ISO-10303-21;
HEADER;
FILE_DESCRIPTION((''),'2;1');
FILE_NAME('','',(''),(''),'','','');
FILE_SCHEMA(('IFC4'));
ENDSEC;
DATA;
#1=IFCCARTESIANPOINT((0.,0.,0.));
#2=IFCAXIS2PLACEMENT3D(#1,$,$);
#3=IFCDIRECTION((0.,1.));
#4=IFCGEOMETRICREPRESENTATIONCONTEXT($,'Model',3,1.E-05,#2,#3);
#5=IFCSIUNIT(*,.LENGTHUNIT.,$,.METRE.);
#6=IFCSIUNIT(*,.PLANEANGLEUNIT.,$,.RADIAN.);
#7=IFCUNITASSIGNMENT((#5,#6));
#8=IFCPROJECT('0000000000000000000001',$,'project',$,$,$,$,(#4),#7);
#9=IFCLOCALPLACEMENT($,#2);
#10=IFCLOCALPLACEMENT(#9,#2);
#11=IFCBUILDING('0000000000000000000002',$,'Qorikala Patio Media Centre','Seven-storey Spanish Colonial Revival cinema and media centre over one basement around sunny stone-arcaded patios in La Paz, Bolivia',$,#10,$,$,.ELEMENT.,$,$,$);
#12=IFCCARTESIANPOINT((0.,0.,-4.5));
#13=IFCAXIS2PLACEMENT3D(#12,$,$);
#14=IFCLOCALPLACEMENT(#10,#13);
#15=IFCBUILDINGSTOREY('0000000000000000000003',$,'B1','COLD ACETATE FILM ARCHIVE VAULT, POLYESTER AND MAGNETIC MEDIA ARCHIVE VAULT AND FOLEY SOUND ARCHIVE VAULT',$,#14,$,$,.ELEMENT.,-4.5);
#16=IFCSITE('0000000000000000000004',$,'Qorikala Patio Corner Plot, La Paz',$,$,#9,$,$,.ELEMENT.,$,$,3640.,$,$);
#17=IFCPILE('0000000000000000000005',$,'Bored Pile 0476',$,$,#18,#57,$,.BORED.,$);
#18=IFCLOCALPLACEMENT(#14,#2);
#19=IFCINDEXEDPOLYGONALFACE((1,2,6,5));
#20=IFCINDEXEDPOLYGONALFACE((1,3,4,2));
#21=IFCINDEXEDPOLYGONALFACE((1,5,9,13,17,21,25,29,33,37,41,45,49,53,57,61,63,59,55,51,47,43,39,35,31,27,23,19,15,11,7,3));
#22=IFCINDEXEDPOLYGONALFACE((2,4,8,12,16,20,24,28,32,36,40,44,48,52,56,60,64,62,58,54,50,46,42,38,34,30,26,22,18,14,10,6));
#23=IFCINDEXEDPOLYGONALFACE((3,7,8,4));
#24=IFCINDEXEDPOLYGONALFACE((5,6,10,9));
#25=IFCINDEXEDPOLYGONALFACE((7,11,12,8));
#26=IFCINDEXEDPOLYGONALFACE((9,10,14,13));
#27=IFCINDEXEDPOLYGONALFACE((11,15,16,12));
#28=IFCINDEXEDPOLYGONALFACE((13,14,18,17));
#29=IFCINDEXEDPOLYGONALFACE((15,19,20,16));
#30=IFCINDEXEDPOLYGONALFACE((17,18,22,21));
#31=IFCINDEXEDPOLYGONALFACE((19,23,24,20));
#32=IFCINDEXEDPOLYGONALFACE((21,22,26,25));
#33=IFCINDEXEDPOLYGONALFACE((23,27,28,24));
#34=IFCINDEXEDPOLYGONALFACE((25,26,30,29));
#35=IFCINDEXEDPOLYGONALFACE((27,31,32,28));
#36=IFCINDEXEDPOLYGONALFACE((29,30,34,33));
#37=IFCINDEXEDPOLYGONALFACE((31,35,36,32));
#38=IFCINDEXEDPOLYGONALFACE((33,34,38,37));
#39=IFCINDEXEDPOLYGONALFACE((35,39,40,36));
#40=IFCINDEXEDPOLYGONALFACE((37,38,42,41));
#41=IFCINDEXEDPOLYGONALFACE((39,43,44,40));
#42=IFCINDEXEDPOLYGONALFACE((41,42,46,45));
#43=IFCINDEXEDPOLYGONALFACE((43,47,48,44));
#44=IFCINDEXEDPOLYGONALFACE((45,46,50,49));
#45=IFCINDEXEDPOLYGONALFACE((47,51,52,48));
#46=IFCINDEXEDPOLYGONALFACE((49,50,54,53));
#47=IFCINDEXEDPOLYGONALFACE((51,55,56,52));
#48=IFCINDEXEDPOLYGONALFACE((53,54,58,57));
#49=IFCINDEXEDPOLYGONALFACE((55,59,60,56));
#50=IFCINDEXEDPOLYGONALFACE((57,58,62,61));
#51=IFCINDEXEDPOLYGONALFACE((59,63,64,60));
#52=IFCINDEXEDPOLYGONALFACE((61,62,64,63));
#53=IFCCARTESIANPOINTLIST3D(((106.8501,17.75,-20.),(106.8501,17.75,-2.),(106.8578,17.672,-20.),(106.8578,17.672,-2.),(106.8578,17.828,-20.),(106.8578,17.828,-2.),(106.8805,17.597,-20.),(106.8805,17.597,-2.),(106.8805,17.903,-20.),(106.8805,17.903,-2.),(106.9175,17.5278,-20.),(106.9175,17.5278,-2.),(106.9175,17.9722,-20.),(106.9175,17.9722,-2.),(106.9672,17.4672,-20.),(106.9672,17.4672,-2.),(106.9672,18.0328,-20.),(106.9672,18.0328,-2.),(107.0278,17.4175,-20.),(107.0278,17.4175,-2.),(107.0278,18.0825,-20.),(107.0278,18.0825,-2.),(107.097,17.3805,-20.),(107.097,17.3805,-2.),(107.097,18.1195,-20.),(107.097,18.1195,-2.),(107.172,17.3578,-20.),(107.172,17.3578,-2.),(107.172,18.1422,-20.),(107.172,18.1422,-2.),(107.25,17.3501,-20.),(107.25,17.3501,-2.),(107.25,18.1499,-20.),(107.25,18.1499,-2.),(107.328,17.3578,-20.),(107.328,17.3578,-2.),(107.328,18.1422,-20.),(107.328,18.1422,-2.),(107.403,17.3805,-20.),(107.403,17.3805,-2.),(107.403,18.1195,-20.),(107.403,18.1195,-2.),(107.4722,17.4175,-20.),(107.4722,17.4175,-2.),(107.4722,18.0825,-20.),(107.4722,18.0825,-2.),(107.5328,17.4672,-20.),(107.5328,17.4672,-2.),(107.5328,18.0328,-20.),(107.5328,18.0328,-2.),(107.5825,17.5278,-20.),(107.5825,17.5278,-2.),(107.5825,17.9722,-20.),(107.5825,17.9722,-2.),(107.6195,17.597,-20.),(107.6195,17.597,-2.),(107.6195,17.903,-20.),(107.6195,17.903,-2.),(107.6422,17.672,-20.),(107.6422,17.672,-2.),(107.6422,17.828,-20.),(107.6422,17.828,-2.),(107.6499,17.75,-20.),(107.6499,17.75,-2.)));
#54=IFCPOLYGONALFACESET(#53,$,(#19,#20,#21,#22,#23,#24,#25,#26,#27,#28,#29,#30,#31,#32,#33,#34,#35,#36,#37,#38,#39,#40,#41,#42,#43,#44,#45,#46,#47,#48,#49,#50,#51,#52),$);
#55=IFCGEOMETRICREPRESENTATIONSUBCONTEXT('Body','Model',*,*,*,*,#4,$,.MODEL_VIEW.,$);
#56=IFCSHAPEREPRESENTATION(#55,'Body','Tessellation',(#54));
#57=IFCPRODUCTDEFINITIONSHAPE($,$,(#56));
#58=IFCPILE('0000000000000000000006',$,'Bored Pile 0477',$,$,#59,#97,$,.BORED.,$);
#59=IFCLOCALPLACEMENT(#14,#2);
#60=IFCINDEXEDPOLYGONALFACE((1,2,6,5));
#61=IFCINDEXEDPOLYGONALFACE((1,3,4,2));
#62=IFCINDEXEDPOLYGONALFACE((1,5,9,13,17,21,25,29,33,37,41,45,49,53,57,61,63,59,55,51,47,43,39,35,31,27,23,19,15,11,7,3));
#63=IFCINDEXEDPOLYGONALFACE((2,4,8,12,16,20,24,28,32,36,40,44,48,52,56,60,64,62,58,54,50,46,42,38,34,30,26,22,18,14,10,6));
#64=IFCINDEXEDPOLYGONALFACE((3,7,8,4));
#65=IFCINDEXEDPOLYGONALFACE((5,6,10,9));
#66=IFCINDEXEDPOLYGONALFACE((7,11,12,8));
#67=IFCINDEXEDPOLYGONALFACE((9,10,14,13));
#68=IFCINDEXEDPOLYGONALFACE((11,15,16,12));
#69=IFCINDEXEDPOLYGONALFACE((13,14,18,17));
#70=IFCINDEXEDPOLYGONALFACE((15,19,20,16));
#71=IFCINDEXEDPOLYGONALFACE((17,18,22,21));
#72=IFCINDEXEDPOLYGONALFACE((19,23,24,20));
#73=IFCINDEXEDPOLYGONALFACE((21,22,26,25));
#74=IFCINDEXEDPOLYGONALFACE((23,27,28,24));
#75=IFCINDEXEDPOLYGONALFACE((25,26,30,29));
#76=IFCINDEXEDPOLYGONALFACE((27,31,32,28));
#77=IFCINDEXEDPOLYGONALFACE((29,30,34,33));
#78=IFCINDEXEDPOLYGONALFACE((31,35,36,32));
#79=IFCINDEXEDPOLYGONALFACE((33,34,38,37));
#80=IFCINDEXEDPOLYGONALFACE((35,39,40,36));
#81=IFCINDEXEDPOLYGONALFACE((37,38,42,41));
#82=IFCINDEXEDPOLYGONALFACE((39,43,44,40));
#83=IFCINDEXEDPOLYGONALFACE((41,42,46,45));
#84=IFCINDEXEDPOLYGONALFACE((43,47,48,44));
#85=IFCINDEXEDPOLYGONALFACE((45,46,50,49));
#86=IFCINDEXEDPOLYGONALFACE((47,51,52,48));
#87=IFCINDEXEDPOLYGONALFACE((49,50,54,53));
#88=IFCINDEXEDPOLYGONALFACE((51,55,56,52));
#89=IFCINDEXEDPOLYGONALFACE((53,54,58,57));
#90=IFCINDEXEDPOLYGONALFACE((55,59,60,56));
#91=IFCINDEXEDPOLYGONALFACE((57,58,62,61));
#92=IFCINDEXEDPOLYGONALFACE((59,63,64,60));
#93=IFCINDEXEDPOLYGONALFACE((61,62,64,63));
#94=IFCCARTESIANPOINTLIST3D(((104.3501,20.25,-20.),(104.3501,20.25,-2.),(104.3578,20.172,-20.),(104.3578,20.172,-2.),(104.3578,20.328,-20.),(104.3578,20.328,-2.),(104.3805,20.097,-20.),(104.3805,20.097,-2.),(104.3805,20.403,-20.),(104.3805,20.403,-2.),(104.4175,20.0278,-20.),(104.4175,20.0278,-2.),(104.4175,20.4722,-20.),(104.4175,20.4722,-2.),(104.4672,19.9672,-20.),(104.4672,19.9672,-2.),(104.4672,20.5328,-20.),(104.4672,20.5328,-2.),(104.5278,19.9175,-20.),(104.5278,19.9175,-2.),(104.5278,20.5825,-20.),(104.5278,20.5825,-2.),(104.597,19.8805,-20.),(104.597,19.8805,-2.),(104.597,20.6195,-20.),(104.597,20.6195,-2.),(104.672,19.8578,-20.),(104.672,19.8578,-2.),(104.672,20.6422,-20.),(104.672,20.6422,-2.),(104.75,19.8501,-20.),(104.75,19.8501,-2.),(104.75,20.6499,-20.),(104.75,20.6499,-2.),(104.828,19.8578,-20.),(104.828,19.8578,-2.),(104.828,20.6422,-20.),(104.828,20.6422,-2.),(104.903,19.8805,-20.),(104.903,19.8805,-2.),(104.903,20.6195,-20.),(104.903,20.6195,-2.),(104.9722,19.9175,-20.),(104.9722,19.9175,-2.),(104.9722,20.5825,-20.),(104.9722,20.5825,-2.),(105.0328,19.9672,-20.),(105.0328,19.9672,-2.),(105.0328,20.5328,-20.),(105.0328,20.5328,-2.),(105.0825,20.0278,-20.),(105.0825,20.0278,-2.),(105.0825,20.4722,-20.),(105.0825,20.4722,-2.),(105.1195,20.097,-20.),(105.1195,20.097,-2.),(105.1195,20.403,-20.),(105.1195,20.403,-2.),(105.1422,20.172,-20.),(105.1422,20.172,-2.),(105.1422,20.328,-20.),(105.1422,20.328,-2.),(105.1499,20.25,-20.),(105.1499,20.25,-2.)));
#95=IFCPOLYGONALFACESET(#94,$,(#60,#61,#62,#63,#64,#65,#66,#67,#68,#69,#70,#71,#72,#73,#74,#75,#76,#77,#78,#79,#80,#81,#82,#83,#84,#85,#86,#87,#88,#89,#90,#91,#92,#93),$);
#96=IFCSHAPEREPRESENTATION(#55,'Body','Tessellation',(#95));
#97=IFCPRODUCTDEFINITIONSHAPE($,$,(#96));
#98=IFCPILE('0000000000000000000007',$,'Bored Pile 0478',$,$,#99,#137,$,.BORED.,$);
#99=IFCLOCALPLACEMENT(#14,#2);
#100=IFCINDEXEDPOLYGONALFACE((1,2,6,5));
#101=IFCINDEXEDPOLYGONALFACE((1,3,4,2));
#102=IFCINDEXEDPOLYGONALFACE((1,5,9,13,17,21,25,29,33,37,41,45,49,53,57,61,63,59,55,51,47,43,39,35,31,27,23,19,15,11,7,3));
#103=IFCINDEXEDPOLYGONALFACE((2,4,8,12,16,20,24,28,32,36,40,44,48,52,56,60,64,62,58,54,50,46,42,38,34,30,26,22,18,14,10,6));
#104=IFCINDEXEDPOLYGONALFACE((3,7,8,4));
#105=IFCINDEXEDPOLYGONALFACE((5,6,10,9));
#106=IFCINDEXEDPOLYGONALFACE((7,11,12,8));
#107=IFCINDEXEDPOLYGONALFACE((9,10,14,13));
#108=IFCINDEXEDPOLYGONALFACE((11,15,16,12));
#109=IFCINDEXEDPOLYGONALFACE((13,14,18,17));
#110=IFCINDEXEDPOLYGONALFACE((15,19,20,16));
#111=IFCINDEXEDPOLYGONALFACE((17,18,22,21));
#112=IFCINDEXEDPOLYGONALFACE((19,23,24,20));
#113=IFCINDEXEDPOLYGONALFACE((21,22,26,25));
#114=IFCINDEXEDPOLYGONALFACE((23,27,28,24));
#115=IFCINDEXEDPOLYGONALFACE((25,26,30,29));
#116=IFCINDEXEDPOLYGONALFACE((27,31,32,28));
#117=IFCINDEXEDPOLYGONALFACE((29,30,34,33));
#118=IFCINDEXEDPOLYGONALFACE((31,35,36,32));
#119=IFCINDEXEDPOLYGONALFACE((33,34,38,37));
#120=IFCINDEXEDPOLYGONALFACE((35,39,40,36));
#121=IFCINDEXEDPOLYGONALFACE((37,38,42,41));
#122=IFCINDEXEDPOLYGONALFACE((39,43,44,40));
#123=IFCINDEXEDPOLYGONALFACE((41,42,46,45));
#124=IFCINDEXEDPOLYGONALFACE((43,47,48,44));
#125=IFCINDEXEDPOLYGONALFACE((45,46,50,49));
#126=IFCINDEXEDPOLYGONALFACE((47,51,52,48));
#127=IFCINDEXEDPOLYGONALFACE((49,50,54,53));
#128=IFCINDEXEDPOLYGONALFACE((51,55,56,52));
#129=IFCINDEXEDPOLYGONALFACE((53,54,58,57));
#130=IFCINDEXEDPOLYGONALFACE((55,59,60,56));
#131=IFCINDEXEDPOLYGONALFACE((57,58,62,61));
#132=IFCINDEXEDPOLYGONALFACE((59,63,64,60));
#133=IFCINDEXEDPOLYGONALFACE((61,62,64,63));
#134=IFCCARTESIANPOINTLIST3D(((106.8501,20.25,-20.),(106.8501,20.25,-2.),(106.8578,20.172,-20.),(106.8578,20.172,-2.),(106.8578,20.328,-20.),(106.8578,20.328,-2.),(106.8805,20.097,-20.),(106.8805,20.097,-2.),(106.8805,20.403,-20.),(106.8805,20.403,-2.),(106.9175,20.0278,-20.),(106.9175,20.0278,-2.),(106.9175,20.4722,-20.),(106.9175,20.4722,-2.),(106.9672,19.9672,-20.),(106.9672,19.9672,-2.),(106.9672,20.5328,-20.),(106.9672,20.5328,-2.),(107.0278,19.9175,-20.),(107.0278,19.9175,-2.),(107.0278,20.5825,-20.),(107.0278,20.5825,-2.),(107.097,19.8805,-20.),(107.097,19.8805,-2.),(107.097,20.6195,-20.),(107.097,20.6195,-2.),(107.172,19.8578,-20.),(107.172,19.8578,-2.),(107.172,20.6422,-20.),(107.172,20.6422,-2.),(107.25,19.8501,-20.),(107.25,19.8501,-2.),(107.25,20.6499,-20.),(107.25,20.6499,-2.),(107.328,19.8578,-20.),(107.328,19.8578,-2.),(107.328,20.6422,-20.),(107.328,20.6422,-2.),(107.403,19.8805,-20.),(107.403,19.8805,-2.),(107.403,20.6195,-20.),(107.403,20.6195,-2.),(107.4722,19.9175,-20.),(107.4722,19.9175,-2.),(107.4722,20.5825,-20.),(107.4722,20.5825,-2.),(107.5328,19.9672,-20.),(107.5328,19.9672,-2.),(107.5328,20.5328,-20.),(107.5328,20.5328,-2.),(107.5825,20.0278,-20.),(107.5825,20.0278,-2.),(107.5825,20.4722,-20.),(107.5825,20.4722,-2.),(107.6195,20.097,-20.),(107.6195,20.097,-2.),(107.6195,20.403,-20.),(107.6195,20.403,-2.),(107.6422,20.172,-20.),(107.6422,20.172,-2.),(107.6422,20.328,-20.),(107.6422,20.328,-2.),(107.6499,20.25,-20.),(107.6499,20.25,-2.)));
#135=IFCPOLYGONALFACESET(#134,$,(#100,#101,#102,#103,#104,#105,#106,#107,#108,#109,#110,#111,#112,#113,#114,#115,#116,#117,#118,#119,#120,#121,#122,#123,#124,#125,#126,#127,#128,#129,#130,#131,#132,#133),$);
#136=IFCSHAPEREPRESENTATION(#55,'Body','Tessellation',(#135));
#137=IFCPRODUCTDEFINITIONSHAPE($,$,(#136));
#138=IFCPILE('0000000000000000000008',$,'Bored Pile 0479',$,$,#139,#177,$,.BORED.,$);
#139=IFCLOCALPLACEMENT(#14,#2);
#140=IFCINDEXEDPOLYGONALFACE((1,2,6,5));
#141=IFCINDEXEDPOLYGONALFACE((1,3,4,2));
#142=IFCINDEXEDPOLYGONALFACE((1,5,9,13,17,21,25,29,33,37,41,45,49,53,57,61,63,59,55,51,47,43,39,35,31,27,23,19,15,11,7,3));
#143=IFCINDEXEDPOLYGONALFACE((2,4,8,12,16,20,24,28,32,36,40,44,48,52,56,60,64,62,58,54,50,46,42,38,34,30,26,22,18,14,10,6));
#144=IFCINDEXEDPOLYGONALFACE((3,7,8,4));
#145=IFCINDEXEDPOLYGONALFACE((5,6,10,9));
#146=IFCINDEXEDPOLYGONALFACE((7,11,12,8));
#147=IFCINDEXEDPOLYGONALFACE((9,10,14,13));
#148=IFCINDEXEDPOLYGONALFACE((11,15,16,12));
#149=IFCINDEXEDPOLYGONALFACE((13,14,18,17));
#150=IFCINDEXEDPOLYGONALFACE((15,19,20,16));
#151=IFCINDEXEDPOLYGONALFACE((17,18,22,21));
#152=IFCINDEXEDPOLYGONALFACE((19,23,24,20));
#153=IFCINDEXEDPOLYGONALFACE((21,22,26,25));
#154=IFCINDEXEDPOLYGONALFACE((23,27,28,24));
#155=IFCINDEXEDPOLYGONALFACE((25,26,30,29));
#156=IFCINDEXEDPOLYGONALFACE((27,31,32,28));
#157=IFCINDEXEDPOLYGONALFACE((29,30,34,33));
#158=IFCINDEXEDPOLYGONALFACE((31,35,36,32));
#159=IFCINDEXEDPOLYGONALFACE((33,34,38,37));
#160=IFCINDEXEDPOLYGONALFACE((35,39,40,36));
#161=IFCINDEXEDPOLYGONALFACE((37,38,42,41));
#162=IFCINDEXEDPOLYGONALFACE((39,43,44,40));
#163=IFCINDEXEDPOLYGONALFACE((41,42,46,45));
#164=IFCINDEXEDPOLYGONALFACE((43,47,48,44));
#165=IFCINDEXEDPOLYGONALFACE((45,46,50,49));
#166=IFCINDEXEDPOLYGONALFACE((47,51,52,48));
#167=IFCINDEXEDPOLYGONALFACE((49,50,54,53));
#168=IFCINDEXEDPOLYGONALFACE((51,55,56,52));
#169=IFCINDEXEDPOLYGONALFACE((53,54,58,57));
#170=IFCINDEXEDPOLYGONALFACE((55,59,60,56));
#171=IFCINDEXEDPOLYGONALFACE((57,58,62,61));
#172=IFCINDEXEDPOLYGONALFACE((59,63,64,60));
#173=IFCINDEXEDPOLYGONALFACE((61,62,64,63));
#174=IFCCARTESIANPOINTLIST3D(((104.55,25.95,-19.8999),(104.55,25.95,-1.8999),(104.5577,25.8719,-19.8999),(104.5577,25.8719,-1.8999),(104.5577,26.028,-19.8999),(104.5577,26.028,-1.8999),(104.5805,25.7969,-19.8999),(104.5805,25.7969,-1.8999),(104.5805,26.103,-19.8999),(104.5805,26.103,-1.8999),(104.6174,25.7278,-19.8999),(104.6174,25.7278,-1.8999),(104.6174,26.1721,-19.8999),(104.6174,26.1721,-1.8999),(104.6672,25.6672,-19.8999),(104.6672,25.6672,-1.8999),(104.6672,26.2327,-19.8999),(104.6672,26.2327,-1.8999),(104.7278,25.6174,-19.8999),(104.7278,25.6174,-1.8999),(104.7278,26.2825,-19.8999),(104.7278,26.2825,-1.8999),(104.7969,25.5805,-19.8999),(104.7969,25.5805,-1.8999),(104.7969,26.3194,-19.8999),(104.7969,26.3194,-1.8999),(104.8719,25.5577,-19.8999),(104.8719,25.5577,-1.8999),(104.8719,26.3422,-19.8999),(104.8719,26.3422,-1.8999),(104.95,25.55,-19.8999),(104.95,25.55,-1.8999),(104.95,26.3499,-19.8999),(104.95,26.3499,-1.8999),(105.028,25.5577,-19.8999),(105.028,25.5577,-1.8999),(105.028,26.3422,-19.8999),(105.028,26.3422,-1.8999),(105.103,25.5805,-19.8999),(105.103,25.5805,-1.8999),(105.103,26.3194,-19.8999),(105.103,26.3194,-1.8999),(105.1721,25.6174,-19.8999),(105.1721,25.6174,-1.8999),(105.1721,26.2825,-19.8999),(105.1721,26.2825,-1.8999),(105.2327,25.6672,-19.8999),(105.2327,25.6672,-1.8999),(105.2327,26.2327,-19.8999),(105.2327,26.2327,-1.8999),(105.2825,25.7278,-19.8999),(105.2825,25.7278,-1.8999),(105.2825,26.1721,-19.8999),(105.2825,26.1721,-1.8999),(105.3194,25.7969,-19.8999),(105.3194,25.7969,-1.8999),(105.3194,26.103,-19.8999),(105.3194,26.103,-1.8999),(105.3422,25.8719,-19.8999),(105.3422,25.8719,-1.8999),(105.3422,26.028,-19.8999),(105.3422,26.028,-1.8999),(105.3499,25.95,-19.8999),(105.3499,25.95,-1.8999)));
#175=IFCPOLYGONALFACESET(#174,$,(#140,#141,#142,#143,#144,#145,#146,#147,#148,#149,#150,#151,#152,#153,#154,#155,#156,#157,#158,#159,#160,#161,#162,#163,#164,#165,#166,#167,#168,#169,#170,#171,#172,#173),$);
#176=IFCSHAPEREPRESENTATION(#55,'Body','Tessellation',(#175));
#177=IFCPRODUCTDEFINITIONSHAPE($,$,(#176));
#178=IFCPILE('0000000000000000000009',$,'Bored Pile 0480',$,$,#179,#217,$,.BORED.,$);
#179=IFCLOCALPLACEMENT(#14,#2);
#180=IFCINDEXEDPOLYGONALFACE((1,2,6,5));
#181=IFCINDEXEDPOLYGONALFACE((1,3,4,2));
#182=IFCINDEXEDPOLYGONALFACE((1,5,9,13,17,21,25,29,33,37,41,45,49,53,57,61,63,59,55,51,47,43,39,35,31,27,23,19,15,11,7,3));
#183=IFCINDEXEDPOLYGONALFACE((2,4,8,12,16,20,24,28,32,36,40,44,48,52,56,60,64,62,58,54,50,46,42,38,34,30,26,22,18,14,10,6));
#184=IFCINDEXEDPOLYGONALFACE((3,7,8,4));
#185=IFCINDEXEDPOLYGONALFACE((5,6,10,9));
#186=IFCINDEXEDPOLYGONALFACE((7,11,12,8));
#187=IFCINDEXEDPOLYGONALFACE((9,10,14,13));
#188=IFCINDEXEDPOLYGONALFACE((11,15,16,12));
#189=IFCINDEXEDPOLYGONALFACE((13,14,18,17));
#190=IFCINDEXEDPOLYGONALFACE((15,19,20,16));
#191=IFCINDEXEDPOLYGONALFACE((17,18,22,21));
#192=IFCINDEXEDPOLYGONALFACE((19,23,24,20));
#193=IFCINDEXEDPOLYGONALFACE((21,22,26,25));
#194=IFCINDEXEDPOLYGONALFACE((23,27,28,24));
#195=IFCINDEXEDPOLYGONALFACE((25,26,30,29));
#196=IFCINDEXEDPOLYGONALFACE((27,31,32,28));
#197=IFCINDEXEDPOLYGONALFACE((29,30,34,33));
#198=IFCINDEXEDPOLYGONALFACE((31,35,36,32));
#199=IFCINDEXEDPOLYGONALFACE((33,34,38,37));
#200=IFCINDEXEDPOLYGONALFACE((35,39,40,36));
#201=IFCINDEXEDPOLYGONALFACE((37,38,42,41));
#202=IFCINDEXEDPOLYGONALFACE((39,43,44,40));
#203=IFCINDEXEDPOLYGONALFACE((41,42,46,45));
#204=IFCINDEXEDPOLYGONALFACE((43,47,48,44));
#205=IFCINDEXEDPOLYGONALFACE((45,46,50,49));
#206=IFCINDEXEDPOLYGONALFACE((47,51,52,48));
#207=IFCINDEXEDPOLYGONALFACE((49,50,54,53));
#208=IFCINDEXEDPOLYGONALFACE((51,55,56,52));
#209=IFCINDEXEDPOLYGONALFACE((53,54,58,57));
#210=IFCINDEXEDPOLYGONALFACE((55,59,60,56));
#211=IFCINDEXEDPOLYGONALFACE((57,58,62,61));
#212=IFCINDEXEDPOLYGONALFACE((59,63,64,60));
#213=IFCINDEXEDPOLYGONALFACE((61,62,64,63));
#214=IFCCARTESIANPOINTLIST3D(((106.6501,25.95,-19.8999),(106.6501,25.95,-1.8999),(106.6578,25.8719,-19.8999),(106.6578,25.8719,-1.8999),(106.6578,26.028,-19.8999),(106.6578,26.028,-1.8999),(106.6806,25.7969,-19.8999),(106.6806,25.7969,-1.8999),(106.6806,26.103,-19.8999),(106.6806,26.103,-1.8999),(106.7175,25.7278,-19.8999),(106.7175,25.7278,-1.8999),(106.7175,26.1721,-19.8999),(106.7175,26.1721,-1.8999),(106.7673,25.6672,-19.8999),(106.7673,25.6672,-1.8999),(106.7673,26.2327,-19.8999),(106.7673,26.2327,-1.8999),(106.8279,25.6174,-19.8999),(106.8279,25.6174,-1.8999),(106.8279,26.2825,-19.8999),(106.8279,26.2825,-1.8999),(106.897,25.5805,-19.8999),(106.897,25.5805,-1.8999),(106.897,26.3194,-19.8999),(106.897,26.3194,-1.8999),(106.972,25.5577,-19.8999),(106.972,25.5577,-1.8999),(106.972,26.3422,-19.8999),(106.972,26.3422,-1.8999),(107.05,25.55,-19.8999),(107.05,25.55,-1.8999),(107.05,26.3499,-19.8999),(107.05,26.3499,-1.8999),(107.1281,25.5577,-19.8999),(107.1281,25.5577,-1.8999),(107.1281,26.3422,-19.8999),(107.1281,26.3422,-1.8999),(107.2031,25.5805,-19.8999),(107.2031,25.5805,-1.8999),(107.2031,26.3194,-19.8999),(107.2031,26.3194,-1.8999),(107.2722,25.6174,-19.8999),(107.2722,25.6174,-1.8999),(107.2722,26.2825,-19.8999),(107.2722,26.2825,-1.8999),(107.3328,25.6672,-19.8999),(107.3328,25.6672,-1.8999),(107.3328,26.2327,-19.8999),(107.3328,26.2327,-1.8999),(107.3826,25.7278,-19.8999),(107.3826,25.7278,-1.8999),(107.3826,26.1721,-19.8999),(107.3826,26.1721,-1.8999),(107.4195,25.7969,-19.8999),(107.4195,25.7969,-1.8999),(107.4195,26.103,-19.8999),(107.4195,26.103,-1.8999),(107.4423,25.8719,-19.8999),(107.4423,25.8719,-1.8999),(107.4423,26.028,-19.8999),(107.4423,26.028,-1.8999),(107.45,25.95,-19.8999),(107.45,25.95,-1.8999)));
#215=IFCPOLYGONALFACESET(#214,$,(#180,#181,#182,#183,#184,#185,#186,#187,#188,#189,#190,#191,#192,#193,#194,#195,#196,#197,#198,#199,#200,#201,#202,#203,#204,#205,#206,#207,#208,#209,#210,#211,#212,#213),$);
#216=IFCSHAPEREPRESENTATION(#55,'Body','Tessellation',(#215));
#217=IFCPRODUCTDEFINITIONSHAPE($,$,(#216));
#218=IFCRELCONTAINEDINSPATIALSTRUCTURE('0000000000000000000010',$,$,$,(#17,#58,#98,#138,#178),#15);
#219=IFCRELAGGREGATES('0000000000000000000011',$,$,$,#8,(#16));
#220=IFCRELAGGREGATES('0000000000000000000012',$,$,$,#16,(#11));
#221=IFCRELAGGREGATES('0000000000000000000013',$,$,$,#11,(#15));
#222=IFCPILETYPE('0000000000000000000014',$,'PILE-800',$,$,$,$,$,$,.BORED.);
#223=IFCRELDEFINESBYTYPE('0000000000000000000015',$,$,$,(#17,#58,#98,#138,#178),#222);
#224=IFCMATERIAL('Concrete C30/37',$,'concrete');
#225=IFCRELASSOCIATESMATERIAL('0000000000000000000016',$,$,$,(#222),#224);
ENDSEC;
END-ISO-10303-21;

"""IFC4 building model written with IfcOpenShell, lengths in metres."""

from ifc_helpers import new_model, si_unit, direction, frame, origin, origin_2d, place, context, subcontext, project, spatial, circle, extrude, material, material_profile, profile_set, type_object, element, save


model = new_model("IFC4")

# Units and contexts
model_context = context("Model", 3, precision=1e-05, world=origin(), true_north=direction((0.0, 1.0)))
body_context = subcontext(model_context, "Body", "Model", "MODEL_VIEW")
ifc_project = project(units=[si_unit("LENGTHUNIT", "METRE"), si_unit("PLANEANGLEUNIT", "RADIAN")], contexts=[model_context])

# Site, building, storey
site_placement = place(None, origin())
site = spatial("IfcSite", under=ifc_project, at=site_placement, Name="Qorikala Patio Corner Plot, La Paz", CompositionType="ELEMENT", RefElevation=3640.0)
building_placement = place(site_placement, origin())
building = spatial("IfcBuilding", under=site, at=building_placement, Name="Qorikala Patio Media Centre", Description="Seven-storey Spanish Colonial Revival cinema and media centre over one basement around sunny stone-arcaded patios in La Paz, Bolivia", CompositionType="ELEMENT")
storey_placement = place(building_placement, frame((0.0, 0.0, -4.5)))
storey = spatial("IfcBuildingStorey", under=building, at=storey_placement, Name="B1", Description="COLD ACETATE FILM ARCHIVE VAULT, POLYESTER AND MAGNETIC MEDIA ARCHIVE VAULT AND FOLEY SOUND ARCHIVE VAULT", CompositionType="ELEMENT", Elevation=-4.5)

# Shared definitions
ifc_material_1 = material(Name="Concrete C30/37", Category="concrete")

# Piles
ifc_material_profile_1 = material_profile(ifc_material_1, circle(Radius=0.3999, at=origin_2d()), Name="BORED PILE 800")
ifc_profile_set_1 = profile_set([ifc_material_profile_1], Name="Concrete C30/37")
pile_type_1 = type_object("IfcPileType", Name="PILE-800", PredefinedType="BORED", material=ifc_profile_set_1)
for number, where, z_axis, x_axis, name in (
    (1, (107.25, 17.75, -2.0), (0.0, 0.0, -1.0), (1.0, 0.0, 0.0), "Bored Pile 0476"),
    (2, (104.75, 20.25, -2.0), (0.0, 0.0, -1.0), (1.0, 0.0, 0.0), "Bored Pile 0477"),
    (3, (107.25, 20.25, -2.0), (0.0, 0.0, -1.0), (1.0, 0.0, 0.0), "Bored Pile 0478"),
    (4, (104.95, 25.95, -1.8999), (0.0, 0.0, -1.0), (1.0, 0.0, 0.0), "Bored Pile 0479"),
    (5, (107.05, 25.95, -1.8999), (0.0, 0.0, -1.0), (1.0, 0.0, 0.0), "Bored Pile 0480"),
):
    element("IfcPile", number, at=place(storey_placement, frame(where, z_axis=z_axis, x_axis=x_axis)), inside=storey, type_object=pile_type_1, Name=name, PredefinedType="BORED", context=body_context, shape_type="SweptSolid", body=[
        extrude(circle(Radius=0.3999, at=origin_2d()), origin(), (0.0, 0.0, 1.0), 18.0),
    ])

save(model, "model.ifc")
